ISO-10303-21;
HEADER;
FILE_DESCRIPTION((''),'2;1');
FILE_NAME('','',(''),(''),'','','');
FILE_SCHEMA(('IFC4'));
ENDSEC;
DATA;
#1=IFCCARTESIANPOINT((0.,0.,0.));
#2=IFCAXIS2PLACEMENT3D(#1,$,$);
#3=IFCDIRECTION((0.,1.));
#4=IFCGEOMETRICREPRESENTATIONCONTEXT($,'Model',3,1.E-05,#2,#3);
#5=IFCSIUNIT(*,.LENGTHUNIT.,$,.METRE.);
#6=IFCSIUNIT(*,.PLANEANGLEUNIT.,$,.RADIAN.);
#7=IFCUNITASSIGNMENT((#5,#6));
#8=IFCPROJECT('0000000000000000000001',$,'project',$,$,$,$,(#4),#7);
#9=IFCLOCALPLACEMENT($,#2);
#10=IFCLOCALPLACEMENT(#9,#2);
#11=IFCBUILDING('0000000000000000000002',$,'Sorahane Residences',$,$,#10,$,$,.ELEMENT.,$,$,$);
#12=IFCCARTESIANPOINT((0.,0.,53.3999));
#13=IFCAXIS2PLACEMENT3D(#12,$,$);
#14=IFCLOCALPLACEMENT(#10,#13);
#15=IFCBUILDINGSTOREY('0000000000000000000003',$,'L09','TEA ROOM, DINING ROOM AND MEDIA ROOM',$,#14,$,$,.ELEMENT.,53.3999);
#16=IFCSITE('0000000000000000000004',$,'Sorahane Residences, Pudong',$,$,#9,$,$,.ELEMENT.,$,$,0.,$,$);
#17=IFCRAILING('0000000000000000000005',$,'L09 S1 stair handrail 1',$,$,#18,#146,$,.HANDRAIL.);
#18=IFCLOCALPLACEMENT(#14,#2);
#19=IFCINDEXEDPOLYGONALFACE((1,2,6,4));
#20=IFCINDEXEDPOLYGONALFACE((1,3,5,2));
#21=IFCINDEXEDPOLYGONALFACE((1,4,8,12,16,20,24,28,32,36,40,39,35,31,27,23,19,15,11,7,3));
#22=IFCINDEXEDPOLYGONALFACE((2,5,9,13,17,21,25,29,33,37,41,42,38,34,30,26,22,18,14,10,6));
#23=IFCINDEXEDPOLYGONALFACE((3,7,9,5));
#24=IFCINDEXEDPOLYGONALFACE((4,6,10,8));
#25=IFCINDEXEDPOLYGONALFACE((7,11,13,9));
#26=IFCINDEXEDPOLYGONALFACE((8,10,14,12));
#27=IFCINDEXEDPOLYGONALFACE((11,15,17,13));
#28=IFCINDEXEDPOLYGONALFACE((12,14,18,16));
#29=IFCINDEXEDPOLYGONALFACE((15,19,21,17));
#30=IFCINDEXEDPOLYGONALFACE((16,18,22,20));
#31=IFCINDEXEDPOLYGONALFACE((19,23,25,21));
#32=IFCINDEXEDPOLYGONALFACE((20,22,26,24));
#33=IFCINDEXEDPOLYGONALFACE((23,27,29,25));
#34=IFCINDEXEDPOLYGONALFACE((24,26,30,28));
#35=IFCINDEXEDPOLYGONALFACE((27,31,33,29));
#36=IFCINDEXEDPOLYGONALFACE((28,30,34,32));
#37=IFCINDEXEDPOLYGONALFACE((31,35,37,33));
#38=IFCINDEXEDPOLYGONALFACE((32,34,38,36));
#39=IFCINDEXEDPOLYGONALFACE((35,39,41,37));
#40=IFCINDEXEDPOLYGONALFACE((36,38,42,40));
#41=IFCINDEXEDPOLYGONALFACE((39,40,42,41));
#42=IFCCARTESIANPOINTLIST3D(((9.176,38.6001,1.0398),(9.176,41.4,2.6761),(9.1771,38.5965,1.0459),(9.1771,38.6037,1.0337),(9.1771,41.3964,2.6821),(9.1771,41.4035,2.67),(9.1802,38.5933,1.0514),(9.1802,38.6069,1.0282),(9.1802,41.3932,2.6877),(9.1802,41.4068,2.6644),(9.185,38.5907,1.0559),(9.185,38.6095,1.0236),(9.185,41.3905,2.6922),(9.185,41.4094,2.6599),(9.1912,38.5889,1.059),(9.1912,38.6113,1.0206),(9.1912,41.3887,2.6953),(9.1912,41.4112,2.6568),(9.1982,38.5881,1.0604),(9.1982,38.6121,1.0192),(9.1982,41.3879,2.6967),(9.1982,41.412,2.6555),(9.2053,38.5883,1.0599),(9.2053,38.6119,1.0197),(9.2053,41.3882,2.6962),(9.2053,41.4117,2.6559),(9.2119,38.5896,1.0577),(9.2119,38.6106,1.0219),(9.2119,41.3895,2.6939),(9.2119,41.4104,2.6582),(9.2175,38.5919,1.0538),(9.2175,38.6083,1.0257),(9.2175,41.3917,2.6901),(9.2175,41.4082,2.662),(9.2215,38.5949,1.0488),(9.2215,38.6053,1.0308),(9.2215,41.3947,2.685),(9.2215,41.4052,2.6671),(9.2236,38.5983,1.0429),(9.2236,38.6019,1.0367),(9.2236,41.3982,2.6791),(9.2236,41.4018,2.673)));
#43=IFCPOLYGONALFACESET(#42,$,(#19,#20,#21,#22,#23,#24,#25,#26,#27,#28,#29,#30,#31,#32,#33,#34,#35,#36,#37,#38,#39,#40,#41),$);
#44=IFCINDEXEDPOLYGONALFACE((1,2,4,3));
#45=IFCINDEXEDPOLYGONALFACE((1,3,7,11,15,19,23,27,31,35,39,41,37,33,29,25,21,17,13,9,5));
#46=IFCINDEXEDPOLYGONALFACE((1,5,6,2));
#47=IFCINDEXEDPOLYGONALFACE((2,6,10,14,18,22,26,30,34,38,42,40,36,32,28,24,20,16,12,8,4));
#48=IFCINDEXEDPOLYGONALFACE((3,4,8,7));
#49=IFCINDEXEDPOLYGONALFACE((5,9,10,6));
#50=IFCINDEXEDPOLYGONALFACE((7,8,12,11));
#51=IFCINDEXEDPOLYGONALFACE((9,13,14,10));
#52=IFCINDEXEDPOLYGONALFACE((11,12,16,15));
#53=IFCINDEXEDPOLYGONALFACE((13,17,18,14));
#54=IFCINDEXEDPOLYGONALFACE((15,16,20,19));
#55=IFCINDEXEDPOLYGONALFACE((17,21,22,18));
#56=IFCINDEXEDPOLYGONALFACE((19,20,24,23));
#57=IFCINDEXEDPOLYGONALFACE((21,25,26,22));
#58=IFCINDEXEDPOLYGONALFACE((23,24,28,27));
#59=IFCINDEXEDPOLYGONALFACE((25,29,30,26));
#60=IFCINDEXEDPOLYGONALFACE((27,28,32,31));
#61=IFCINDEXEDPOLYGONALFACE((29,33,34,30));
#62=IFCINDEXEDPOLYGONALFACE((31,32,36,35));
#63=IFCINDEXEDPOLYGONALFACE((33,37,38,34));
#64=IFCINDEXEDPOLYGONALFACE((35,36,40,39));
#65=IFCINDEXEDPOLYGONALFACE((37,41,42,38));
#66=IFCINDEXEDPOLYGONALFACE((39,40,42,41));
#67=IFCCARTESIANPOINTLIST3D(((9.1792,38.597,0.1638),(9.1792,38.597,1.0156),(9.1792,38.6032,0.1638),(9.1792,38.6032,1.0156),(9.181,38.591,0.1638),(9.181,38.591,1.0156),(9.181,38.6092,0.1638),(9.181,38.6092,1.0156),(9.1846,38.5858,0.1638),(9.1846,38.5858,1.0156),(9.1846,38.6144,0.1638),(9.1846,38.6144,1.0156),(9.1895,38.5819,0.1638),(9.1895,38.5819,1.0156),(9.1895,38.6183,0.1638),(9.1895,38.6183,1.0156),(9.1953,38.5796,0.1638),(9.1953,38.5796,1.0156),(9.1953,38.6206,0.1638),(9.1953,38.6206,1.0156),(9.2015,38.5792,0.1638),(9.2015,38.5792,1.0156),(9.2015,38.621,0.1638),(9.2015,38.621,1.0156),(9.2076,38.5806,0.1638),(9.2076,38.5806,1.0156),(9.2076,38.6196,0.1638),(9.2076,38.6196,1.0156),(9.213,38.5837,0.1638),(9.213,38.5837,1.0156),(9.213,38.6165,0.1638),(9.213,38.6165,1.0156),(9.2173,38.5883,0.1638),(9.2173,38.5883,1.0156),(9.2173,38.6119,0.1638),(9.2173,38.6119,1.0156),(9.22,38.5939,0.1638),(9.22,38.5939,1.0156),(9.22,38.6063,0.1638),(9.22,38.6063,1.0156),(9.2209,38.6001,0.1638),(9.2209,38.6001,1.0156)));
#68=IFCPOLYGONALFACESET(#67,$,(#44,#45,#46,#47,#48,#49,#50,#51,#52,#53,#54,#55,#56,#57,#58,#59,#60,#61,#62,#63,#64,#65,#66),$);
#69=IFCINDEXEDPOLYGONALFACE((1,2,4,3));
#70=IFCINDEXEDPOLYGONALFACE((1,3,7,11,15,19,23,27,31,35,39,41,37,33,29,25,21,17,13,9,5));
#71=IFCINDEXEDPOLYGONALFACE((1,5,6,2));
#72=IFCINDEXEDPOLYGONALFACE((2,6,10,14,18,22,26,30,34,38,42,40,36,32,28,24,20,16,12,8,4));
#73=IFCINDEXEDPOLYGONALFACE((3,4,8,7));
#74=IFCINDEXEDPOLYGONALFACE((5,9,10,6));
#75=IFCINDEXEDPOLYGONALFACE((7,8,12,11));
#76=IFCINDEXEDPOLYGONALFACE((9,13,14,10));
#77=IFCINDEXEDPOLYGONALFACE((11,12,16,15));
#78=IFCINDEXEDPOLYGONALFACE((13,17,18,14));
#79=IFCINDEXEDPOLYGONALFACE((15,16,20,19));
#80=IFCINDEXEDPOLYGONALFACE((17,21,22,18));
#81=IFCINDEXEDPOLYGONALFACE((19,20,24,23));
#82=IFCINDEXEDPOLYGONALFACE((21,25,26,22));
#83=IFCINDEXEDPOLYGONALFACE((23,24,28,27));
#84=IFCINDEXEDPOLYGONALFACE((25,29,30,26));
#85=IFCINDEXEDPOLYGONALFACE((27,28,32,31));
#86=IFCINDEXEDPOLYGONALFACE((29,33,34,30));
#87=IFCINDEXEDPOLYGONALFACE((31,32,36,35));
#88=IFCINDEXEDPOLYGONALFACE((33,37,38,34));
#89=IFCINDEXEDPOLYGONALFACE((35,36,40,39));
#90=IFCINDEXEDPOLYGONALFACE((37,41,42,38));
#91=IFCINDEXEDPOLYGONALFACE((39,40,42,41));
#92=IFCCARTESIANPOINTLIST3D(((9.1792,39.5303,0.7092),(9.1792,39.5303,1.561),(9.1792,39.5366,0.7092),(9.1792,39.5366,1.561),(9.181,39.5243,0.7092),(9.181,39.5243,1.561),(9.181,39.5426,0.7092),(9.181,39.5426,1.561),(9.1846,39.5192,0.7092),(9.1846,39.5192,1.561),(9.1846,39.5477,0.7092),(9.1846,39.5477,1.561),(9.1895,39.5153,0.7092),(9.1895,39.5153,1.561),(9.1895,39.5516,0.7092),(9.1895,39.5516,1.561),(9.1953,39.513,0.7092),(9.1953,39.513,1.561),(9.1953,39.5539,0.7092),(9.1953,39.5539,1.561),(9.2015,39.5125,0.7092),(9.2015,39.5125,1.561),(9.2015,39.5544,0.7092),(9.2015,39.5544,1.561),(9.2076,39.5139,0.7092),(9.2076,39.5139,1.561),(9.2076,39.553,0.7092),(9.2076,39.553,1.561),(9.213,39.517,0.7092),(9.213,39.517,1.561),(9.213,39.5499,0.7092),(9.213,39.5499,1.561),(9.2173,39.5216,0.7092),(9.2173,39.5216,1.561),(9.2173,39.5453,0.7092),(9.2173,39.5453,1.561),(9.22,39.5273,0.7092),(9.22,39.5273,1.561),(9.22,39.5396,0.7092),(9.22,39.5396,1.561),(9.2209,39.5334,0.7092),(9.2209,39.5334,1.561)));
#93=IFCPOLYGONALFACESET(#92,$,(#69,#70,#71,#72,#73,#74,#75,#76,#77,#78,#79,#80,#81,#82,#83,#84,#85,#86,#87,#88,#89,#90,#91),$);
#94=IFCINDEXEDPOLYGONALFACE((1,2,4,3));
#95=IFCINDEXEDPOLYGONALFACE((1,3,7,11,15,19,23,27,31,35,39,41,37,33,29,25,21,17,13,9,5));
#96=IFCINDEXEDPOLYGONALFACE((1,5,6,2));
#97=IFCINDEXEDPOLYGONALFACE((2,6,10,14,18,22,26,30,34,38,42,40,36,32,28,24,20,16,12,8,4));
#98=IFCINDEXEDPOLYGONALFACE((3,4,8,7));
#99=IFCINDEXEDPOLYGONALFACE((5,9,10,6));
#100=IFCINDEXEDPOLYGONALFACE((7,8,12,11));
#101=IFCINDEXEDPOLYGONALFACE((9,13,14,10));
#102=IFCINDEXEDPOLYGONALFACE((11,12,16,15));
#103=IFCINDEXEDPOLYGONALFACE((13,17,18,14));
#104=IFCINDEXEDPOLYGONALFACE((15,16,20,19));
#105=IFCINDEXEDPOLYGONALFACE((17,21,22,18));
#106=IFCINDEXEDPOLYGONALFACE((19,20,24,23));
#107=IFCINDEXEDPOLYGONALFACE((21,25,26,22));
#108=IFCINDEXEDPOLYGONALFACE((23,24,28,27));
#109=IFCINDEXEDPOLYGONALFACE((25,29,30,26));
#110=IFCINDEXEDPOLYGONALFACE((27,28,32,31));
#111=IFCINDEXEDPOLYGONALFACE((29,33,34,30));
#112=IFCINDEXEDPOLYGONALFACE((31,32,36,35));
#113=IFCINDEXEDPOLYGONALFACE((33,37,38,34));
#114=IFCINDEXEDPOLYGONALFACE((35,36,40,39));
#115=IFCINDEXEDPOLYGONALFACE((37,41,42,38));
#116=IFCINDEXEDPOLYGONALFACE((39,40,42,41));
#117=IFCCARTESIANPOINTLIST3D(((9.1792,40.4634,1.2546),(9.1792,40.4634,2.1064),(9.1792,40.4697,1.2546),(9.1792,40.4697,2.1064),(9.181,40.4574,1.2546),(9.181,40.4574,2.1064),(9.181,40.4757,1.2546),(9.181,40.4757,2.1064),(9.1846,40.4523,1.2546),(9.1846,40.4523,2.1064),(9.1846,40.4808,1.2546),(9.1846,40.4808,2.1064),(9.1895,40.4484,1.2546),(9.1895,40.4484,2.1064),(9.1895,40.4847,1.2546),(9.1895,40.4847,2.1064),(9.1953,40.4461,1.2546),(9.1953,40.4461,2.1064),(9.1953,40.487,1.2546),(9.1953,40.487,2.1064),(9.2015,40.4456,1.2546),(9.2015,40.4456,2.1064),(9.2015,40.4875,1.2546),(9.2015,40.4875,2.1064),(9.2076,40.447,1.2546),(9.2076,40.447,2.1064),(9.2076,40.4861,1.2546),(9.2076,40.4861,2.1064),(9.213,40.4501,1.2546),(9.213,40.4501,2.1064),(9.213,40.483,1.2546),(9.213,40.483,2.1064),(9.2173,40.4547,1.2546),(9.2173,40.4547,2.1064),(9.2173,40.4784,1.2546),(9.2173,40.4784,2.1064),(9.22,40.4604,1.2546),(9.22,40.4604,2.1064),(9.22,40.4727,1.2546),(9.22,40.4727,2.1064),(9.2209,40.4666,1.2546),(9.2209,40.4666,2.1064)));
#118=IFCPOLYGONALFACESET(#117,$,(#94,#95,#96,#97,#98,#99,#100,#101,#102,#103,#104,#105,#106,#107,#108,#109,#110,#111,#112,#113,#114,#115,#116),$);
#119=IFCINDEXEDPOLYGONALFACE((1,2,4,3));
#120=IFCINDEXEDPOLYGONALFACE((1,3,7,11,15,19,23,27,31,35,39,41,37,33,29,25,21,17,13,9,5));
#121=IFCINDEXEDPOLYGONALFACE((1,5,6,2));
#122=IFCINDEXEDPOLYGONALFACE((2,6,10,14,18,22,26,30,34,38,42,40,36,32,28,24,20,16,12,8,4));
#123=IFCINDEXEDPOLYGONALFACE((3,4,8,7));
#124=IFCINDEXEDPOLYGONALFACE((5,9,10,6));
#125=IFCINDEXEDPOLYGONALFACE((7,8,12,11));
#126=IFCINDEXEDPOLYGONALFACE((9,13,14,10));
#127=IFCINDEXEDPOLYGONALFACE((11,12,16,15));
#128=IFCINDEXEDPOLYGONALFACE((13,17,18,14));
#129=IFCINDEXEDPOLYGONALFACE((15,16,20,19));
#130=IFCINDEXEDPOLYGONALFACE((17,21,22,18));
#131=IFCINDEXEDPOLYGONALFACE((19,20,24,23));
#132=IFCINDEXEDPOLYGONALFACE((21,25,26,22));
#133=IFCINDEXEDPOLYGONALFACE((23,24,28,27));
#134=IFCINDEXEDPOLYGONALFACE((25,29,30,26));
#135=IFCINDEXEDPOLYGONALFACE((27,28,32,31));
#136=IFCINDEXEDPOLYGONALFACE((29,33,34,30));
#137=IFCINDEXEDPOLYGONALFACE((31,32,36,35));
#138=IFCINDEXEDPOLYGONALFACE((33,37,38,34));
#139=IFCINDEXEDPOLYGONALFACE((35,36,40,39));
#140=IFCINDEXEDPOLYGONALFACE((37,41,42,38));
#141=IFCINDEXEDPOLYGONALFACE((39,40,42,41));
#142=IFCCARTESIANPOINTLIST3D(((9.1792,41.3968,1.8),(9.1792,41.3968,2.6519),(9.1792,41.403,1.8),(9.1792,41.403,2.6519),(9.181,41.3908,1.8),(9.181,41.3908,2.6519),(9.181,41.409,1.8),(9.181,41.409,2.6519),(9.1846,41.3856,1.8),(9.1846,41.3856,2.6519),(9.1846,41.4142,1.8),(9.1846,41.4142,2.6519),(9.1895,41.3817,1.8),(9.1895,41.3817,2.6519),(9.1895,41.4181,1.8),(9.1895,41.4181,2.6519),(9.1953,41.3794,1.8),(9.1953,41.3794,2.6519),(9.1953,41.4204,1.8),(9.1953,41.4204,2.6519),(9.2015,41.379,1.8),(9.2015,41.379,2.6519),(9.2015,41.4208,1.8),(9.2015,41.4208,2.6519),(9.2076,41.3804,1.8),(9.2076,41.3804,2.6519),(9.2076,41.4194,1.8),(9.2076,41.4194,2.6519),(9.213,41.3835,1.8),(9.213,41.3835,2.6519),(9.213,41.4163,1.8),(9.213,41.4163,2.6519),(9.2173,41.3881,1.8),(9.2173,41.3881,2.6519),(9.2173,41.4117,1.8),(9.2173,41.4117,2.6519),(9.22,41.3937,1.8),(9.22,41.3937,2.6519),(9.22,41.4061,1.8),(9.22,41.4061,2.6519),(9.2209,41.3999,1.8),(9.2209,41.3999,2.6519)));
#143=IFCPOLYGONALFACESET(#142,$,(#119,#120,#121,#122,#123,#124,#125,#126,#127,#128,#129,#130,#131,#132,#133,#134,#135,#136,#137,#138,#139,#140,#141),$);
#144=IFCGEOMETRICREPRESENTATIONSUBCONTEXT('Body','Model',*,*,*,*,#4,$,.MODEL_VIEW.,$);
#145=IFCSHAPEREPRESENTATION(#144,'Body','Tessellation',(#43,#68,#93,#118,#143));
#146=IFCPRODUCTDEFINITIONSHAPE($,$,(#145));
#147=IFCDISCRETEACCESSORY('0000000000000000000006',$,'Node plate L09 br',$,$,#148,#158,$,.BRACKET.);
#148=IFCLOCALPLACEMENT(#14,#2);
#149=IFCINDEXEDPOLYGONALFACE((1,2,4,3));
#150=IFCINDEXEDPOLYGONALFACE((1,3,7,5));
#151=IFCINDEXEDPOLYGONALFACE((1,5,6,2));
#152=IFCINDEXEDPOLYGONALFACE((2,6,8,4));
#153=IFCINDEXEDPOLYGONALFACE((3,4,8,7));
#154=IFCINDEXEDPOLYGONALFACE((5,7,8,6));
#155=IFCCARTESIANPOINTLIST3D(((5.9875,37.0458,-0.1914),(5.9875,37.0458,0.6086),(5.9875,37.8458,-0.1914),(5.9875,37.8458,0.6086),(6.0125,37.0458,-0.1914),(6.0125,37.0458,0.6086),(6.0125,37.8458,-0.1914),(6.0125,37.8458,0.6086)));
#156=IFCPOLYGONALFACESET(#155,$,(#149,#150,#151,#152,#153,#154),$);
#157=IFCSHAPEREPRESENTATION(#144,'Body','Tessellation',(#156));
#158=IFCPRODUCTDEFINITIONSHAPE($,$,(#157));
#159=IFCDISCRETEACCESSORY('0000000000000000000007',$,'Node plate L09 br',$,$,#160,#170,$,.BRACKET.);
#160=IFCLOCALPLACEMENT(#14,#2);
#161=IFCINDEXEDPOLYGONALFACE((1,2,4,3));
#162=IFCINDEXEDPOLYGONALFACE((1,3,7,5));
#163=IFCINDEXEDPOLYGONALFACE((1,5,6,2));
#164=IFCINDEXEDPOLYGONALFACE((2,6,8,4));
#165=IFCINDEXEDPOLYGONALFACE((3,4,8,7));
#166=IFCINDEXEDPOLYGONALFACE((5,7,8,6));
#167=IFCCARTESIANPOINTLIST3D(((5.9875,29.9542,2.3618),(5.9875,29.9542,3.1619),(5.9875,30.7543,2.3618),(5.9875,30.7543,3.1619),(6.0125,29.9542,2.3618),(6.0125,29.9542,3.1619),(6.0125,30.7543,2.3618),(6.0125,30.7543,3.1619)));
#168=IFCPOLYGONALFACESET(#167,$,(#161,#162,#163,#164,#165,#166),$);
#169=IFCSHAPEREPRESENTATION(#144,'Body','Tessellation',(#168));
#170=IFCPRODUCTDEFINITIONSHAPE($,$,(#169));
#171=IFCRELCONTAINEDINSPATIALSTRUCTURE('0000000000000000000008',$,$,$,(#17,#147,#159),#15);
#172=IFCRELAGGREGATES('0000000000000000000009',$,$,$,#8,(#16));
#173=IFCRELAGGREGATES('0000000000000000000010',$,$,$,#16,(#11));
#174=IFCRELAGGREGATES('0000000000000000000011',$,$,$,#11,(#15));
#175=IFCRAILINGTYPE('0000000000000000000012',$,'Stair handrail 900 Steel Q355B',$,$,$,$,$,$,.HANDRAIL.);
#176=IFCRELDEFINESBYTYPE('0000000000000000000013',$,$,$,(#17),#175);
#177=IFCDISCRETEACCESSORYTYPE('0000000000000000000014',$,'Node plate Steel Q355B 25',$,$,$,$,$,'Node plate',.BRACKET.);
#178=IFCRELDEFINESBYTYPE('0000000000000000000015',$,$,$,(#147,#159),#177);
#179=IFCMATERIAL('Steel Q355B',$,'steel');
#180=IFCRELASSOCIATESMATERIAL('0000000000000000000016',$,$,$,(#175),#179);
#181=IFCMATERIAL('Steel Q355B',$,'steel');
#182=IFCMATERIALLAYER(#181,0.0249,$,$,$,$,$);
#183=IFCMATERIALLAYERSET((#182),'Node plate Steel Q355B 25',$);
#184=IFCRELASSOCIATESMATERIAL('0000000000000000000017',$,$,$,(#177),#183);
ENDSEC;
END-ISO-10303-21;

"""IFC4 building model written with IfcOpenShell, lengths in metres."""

from ifc_helpers import new_model, si_unit, direction, frame, origin, origin_2d, place, context, subcontext, project, spatial, rectangle, circle, extrude, material, layer, layer_set, type_object, element, save


model = new_model("IFC4")

# Units and contexts
model_context = context("Model", 3, precision=1e-05, world=origin(), true_north=direction((0.0, 1.0)))
body_context = subcontext(model_context, "Body", "Model", "MODEL_VIEW")
ifc_project = project(units=[si_unit("LENGTHUNIT", "METRE"), si_unit("PLANEANGLEUNIT", "RADIAN")], contexts=[model_context])

# Site, building, storey
site_placement = place(None, origin())
site = spatial("IfcSite", under=ifc_project, at=site_placement, Name="Sorahane Residences, Pudong", CompositionType="ELEMENT", RefElevation=0.0)
building_placement = place(site_placement, origin())
building = spatial("IfcBuilding", under=site, at=building_placement, Name="Sorahane Residences", CompositionType="ELEMENT")
storey_placement = place(building_placement, frame((0.0, 0.0, 53.3999)))
storey = spatial("IfcBuildingStorey", under=building, at=storey_placement, Name="L09", Description="TEA ROOM, DINING ROOM AND MEDIA ROOM", CompositionType="ELEMENT", Elevation=53.3999)

# Railing
ifc_material_1 = material(Name="Steel Q355B", Category="steel")
railing_type_1 = type_object("IfcRailingType", Name="Stair handrail 900 Steel Q355B", PredefinedType="HANDRAIL", material=ifc_material_1)
railing_1_placement = place(storey_placement, frame((9.2, 38.6001, 0.1638)))
element("IfcRailing", 1, at=railing_1_placement, inside=storey, type_object=railing_type_1, Name="L09 S1 stair handrail 1", PredefinedType="HANDRAIL", context=body_context, shape_type="SweptSolid", body=[
    extrude(circle(Radius=0.0239, at=origin_2d()), frame((0.0, 0.0, 0.876), z_axis=(0.0, 0.863374, 0.504564), x_axis=(-1.0, 0.0, 0.0)), (0.0, 0.0, 1.0), 3.2429),
    extrude(circle(Radius=0.021, at=origin_2d()), origin(), (0.0, 0.0, 1.0), 0.8518),
    extrude(circle(Radius=0.021, at=origin_2d()), frame((0.0, 0.9333, 0.5454)), (0.0, 0.0, 1.0), 0.8518),
    extrude(circle(Radius=0.021, at=origin_2d()), frame((0.0, 1.8665, 1.0908)), (0.0, 0.0, 1.0), 0.8518),
    extrude(circle(Radius=0.021, at=origin_2d()), frame((0.0, 2.7998, 1.6362)), (0.0, 0.0, 1.0), 0.8518),
])

# Discrete accessories
ifc_material_2 = material(Name="Steel Q355B", Category="steel")
ifc_layer_1 = layer(ifc_material_2, 0.0249)
ifc_layer_set_1 = layer_set([ifc_layer_1], Name="Node plate Steel Q355B 25")
discrete_accessory_type = type_object("IfcDiscreteAccessoryType", Name="Node plate Steel Q355B 25", ElementType="Node plate", PredefinedType="BRACKET", material=ifc_layer_set_1)
for number, where, z_axis, x_axis, name in (
    (2, (6.0, 37.4458, -0.1914), (0.0, 0.0, 1.0), (0.0, 1.0, 0.0), "Node plate L09 br"),
    (3, (6.0, 30.3542, 2.3618), (0.0, 0.0, 1.0), (0.0, 1.0, 0.0), "Node plate L09 br"),
):
    element("IfcDiscreteAccessory", number, at=place(storey_placement, frame(where, z_axis=z_axis, x_axis=x_axis)), inside=storey, type_object=discrete_accessory_type, Name=name, PredefinedType="BRACKET", context=body_context, shape_type="SweptSolid", body=[
        extrude(rectangle(XDim=0.8, YDim=0.0249, at=origin_2d()), origin(), (0.0, 0.0, 1.0), 0.8),
    ])

save(model, "model.ifc")
